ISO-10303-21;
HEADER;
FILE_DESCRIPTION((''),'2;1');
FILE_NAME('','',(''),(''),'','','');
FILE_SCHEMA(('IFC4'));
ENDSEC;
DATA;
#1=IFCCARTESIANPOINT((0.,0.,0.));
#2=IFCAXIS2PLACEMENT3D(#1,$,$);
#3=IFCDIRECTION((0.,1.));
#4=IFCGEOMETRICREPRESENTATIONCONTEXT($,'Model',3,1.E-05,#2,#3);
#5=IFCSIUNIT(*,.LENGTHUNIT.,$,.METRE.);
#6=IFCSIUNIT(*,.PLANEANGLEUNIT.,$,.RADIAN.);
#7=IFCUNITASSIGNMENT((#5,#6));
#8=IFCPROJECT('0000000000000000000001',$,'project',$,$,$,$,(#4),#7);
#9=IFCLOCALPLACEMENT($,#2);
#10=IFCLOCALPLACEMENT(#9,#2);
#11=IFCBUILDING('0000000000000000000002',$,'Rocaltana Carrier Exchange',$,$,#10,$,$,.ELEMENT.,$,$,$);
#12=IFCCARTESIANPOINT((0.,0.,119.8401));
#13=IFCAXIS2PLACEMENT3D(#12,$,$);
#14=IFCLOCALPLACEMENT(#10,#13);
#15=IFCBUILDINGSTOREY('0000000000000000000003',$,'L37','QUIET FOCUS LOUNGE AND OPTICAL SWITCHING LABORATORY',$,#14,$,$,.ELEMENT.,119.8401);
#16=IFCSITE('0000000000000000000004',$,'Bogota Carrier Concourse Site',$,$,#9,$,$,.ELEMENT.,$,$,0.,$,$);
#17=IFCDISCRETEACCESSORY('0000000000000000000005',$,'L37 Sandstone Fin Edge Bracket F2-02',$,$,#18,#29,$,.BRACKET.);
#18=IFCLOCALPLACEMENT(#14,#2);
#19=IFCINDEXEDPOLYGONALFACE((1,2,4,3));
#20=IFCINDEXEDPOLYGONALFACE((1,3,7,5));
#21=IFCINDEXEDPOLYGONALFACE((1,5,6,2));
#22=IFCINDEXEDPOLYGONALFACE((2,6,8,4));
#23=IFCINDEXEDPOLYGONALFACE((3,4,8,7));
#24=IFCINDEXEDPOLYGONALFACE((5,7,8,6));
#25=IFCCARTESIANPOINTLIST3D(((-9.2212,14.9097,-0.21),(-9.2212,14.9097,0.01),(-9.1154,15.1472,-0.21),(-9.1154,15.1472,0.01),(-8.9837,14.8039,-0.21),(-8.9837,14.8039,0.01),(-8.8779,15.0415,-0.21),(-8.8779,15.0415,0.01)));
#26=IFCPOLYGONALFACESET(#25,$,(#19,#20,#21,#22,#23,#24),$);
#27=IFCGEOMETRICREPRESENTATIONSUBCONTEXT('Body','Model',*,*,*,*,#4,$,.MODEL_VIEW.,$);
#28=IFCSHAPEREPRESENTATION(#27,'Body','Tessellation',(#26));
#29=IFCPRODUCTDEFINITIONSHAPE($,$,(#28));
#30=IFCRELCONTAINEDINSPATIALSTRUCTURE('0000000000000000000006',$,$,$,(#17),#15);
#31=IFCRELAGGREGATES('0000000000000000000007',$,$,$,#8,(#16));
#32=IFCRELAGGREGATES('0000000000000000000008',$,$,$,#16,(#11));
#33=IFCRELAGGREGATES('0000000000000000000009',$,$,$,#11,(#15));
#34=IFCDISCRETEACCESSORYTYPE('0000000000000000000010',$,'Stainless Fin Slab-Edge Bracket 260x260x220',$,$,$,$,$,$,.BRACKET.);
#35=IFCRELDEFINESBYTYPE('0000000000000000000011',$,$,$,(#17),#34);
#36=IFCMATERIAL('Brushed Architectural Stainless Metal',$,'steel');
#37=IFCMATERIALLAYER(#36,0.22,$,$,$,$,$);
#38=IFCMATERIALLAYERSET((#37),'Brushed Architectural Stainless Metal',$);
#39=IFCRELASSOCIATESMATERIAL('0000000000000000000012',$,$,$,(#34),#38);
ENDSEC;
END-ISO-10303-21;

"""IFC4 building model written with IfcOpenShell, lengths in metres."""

from ifc_helpers import new_model, si_unit, direction, frame, origin, origin_2d, place, context, subcontext, project, spatial, rectangle, extrude, material, layer, layer_set, type_object, element, save


model = new_model("IFC4")

# Units and contexts
model_context = context("Model", 3, precision=1e-05, world=origin(), true_north=direction((0.0, 1.0)))
body_context = subcontext(model_context, "Body", "Model", "MODEL_VIEW")
ifc_project = project(units=[si_unit("LENGTHUNIT", "METRE"), si_unit("PLANEANGLEUNIT", "RADIAN")], contexts=[model_context])

# Site, building, storey
site_placement = place(None, origin())
site = spatial("IfcSite", under=ifc_project, at=site_placement, Name="Bogota Carrier Concourse Site", CompositionType="ELEMENT", RefElevation=0.0)
building_placement = place(site_placement, origin())
building = spatial("IfcBuilding", under=site, at=building_placement, Name="Rocaltana Carrier Exchange", CompositionType="ELEMENT")
storey_placement = place(building_placement, frame((0.0, 0.0, 119.8401)))
storey = spatial("IfcBuildingStorey", under=building, at=storey_placement, Name="L37", Description="QUIET FOCUS LOUNGE AND OPTICAL SWITCHING LABORATORY", CompositionType="ELEMENT", Elevation=119.8401)

# Discrete accessory
ifc_material_1 = material(Name="Brushed Architectural Stainless Metal", Category="steel")
ifc_layer_1 = layer(ifc_material_1, 0.22)
ifc_layer_set_1 = layer_set([ifc_layer_1], Name="Brushed Architectural Stainless Metal")
discrete_accessory_type = type_object("IfcDiscreteAccessoryType", Name="Stainless Fin Slab-Edge Bracket 260x260x220", PredefinedType="BRACKET", material=ifc_layer_set_1)
discrete_accessory_placement = place(storey_placement, frame((-9.0496, 14.9756, -0.21), z_axis=(0.0, 0.0, 1.0), x_axis=(-0.406737, -0.913545, 0.0)))
element("IfcDiscreteAccessory", 1, at=discrete_accessory_placement, inside=storey, type_object=discrete_accessory_type, Name="L37 Sandstone Fin Edge Bracket F2-02", PredefinedType="BRACKET", context=body_context, shape_type="SweptSolid", body=[
    extrude(rectangle(XDim=0.26, YDim=0.26, at=origin_2d()), origin(), (0.0, 0.0, 1.0), 0.22),
])

save(model, "model.ifc")
